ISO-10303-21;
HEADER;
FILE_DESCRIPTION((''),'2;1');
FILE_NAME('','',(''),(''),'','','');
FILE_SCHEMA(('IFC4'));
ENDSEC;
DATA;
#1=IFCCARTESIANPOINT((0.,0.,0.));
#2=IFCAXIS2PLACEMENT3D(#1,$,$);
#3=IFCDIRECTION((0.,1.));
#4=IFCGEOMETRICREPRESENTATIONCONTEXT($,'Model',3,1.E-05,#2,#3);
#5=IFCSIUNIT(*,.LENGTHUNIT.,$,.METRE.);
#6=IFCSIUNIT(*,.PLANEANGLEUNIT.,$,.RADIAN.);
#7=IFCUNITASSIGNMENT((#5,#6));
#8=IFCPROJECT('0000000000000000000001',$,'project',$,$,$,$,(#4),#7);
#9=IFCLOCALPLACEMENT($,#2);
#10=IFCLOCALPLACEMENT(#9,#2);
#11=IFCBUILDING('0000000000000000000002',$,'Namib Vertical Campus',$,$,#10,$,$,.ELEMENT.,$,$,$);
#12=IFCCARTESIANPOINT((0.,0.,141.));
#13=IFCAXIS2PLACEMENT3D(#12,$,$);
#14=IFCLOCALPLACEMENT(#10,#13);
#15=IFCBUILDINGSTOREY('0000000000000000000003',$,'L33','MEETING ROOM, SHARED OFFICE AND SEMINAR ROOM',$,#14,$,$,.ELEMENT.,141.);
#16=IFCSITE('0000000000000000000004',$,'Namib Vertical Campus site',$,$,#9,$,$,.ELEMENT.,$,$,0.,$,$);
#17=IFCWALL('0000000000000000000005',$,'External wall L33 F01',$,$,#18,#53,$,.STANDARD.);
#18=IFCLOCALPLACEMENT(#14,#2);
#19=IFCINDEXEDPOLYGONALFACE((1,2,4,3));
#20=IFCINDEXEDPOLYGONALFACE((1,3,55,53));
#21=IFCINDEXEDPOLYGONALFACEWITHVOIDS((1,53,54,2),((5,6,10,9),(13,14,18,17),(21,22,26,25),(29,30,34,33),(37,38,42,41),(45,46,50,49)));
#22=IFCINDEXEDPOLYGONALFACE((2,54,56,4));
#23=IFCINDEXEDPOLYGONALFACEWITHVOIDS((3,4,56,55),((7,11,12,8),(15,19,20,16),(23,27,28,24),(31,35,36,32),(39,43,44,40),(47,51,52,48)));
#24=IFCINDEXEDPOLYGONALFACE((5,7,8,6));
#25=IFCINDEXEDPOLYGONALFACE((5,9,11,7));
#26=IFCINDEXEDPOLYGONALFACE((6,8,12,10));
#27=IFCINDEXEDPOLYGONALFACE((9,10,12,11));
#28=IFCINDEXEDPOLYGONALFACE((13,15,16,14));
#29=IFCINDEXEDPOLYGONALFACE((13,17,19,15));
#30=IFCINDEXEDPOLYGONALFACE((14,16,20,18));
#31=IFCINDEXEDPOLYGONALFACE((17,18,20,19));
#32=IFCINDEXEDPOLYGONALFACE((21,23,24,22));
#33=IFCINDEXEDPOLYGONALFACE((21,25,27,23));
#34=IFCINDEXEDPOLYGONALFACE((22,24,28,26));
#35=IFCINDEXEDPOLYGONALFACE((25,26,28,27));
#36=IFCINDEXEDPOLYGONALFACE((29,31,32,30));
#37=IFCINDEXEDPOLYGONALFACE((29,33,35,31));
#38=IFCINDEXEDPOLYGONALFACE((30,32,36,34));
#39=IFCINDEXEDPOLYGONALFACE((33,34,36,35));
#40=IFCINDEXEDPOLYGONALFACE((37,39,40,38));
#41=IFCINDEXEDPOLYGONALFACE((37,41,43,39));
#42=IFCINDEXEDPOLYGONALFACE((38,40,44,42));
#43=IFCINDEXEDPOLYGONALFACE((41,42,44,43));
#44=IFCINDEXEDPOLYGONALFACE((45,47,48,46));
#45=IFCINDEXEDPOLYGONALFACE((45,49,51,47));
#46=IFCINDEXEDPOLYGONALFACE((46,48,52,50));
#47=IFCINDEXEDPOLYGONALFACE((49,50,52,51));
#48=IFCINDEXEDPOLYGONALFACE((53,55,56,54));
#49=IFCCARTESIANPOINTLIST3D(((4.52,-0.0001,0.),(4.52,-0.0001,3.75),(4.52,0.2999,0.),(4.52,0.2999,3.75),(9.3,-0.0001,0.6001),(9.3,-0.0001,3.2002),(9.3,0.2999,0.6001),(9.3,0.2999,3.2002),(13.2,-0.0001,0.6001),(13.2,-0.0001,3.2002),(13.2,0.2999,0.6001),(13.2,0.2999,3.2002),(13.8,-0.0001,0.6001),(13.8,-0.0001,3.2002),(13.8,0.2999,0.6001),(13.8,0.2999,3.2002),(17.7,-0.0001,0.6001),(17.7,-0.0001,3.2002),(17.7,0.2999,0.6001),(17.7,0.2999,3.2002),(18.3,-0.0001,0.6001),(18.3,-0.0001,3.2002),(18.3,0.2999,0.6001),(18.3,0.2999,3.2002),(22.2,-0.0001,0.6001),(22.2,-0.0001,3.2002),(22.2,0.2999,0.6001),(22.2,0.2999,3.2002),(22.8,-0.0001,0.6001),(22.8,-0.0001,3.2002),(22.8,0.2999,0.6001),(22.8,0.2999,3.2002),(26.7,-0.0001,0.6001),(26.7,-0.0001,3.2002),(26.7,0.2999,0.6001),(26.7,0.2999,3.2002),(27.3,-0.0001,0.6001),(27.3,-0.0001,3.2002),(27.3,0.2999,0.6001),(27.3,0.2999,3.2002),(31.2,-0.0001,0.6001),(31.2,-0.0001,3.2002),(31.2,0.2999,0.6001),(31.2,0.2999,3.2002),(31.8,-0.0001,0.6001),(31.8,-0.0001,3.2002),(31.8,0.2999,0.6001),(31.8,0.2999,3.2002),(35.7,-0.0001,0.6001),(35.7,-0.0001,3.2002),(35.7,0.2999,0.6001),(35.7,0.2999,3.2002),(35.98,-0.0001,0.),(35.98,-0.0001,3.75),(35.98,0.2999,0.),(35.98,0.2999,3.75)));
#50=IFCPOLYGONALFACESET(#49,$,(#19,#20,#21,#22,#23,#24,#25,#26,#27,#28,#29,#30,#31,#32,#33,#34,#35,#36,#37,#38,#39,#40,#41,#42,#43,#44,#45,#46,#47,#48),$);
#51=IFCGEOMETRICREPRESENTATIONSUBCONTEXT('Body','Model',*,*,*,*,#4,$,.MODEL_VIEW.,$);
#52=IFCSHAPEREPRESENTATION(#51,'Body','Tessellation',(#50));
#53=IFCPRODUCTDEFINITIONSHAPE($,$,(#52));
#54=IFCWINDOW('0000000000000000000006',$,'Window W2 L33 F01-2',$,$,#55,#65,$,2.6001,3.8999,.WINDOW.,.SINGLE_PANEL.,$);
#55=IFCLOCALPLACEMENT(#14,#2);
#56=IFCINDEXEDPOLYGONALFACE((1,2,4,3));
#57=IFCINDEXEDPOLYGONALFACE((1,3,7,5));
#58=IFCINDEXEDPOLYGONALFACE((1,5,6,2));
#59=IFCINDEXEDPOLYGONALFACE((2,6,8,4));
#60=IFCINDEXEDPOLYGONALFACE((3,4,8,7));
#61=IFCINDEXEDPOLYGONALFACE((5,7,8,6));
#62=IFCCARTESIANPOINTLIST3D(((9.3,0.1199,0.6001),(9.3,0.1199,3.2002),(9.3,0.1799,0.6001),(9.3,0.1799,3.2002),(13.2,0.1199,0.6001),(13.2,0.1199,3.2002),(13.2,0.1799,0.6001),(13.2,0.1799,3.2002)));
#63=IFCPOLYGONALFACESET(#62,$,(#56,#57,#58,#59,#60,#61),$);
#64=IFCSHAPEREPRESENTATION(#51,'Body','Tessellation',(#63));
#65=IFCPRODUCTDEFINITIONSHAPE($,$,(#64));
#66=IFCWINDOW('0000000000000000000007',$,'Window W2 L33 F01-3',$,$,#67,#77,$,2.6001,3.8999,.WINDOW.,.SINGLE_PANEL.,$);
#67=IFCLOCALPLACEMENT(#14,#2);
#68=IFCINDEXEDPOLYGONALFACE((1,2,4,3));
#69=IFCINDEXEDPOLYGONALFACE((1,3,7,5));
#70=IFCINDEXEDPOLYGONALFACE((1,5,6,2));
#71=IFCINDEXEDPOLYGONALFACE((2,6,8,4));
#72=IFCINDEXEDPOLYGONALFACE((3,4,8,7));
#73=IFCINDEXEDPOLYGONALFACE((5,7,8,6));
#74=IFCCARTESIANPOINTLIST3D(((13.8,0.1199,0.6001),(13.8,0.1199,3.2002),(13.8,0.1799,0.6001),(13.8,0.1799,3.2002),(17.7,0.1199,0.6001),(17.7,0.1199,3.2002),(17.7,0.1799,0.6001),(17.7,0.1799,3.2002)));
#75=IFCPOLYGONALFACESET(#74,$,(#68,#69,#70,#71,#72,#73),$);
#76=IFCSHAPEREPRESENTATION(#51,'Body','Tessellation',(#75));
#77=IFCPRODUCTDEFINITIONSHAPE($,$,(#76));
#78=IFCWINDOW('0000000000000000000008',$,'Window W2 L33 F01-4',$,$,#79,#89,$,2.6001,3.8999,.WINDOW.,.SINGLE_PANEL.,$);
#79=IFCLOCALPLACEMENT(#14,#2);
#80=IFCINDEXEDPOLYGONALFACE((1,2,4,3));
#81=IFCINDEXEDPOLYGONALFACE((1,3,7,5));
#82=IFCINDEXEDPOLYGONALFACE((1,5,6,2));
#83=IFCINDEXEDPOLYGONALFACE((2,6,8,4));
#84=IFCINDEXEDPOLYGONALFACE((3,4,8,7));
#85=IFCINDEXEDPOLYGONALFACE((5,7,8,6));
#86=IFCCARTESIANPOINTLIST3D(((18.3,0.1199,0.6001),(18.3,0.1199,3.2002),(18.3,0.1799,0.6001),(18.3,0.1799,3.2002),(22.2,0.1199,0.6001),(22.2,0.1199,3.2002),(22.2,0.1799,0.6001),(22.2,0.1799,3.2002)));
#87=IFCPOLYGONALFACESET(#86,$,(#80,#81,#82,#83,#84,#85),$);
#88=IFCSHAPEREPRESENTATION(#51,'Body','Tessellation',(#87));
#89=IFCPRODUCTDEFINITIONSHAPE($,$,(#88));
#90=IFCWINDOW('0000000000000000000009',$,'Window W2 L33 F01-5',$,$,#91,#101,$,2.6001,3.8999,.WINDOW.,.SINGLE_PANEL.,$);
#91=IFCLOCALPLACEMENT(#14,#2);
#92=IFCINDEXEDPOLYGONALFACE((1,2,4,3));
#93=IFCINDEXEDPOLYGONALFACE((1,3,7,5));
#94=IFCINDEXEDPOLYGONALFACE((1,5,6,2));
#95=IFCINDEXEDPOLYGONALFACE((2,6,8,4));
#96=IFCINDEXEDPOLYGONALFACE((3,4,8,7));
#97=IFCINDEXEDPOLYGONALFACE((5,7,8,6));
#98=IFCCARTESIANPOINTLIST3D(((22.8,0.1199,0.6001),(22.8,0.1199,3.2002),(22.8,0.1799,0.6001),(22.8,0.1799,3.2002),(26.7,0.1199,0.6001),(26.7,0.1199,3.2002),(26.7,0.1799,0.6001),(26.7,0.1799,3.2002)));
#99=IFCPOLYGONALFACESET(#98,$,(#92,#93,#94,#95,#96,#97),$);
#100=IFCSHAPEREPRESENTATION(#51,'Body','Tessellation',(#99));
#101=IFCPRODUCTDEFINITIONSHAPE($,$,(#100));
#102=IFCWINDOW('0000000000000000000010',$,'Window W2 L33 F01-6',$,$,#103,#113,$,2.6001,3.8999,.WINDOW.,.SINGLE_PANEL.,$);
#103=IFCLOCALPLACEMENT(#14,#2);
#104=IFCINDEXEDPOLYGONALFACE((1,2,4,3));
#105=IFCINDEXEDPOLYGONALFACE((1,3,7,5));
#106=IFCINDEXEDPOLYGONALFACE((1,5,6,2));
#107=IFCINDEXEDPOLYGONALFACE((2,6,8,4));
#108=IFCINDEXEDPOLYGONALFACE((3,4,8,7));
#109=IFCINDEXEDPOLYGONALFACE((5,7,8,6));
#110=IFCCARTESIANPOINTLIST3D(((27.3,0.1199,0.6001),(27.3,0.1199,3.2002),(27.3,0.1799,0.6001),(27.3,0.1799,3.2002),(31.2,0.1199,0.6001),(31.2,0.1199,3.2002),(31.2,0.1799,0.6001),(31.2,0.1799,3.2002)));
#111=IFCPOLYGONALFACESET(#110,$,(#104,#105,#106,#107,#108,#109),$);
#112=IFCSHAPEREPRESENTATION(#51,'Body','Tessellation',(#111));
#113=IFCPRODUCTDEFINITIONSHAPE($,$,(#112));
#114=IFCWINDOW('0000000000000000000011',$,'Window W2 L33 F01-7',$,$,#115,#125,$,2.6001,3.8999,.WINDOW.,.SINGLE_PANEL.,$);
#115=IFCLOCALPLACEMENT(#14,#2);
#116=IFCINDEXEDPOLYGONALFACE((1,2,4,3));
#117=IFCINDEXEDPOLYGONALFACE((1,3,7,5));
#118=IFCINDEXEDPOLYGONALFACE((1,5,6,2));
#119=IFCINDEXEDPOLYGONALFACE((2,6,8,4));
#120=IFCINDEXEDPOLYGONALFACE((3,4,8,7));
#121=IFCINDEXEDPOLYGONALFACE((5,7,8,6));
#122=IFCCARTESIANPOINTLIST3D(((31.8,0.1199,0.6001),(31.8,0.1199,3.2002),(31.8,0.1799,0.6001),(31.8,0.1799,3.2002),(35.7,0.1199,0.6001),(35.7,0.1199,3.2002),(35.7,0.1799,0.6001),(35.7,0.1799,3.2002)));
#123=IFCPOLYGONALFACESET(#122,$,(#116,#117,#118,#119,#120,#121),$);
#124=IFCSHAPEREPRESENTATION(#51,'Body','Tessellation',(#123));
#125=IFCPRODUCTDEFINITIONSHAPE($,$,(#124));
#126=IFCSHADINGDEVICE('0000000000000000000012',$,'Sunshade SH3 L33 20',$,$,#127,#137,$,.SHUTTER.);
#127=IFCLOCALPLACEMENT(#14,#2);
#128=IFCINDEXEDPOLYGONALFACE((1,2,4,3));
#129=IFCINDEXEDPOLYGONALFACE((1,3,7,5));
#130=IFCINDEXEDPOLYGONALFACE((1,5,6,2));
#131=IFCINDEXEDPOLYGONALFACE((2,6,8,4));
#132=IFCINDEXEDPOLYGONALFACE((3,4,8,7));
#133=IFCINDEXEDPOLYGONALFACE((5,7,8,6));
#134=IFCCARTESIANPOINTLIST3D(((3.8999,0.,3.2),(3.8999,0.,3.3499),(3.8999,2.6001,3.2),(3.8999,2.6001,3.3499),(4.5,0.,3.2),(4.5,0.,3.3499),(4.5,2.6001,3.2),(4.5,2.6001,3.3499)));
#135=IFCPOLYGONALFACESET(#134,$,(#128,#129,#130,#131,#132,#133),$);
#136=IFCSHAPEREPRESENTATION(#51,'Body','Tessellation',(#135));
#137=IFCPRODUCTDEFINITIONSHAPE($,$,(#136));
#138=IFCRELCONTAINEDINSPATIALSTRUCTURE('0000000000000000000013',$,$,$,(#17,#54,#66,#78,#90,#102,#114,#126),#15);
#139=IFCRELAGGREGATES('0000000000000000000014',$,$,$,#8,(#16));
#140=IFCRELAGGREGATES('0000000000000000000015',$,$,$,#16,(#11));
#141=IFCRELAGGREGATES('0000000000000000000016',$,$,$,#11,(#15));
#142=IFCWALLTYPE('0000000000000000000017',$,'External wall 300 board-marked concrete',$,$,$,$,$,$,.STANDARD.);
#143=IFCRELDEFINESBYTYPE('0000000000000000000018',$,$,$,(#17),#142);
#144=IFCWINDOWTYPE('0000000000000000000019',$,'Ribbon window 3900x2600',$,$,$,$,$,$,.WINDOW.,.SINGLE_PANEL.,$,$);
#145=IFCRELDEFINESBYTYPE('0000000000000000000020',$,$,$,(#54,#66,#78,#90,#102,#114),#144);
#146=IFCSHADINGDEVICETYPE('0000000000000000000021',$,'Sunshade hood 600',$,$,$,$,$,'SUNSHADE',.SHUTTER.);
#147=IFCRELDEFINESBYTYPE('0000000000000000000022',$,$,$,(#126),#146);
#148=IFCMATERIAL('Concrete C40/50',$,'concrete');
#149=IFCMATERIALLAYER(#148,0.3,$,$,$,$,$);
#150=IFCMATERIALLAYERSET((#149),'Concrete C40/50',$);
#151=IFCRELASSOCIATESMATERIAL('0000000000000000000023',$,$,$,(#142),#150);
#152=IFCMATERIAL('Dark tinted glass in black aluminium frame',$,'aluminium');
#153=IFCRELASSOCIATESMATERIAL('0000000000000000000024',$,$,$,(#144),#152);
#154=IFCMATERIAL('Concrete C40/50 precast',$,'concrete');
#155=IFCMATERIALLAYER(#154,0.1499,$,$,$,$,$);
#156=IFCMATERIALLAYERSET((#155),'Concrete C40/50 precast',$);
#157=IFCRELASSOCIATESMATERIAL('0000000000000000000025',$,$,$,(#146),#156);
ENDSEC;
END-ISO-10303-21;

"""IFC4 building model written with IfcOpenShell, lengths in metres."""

from ifc_helpers import new_model, si_unit, direction, frame, frame_2d, origin, origin_2d, place, context, subcontext, project, spatial, rectangle, extrude, material, layer, layer_set, type_object, element, fill, save


model = new_model("IFC4")

# Units and contexts
model_context = context("Model", 3, precision=1e-05, world=origin(), true_north=direction((0.0, 1.0)))
body_context = subcontext(model_context, "Body", "Model", "MODEL_VIEW")
ifc_project = project(units=[si_unit("LENGTHUNIT", "METRE"), si_unit("PLANEANGLEUNIT", "RADIAN")], contexts=[model_context])

# Site, building, storey
site_placement = place(None, origin())
site = spatial("IfcSite", under=ifc_project, at=site_placement, Name="Namib Vertical Campus site", CompositionType="ELEMENT", RefElevation=0.0)
building_placement = place(site_placement, origin())
building = spatial("IfcBuilding", under=site, at=building_placement, Name="Namib Vertical Campus", CompositionType="ELEMENT")
storey_placement = place(building_placement, frame((0.0, 0.0, 141.0)))
storey = spatial("IfcBuildingStorey", under=building, at=storey_placement, Name="L33", Description="MEETING ROOM, SHARED OFFICE AND SEMINAR ROOM", CompositionType="ELEMENT", Elevation=141.0)

# Wall, openings, windows
ifc_material_1 = material(Name="Concrete C40/50", Category="concrete")
ifc_layer_1 = layer(ifc_material_1, 0.3)
ifc_layer_set_1 = layer_set([ifc_layer_1], Name="Concrete C40/50")
wall_type = type_object("IfcWallType", Name="External wall 300 board-marked concrete", PredefinedType="STANDARD", material=ifc_layer_set_1)
wall_placement = place(storey_placement, frame((4.52, 0.1499, 0.0), z_axis=(0.0, 0.0, 1.0), x_axis=(1.0, 0.0, 0.0)))
wall = element("IfcWall", 1, at=wall_placement, inside=storey, type_object=wall_type, Name="External wall L33 F01", PredefinedType="STANDARD", context=body_context, shape_type="SweptSolid", body=[
    extrude(rectangle(XDim=31.46, YDim=0.3, at=frame_2d((15.73, 0.0))), origin(), (0.0, 0.0, 1.0), 3.75),
])
opening_1_placement = place(wall_placement, frame((4.78, 0.0, 0.6001)))
opening_1 = element("IfcOpeningElement", 2, at=opening_1_placement, cuts=wall, PredefinedType="OPENING", context=body_context, shape_type="SweptSolid", body=[
    extrude(rectangle(XDim=3.8999, YDim=2.6001, at=frame_2d((1.95, 1.3))), frame((0.0, 0.1599, 0.0), z_axis=(0.0, -1.0, 0.0), x_axis=(1.0, 0.0, 0.0)), (0.0, 0.0, 1.0), 0.3201),
])
opening_2_placement = place(wall_placement, frame((9.28, 0.0, 0.6001)))
opening_2 = element("IfcOpeningElement", 3, at=opening_2_placement, cuts=wall, PredefinedType="OPENING", context=body_context, shape_type="SweptSolid", body=[
    extrude(rectangle(XDim=3.8999, YDim=2.6001, at=frame_2d((1.95, 1.3))), frame((0.0, 0.1599, 0.0), z_axis=(0.0, -1.0, 0.0), x_axis=(1.0, 0.0, 0.0)), (0.0, 0.0, 1.0), 0.3201),
])
opening_3_placement = place(wall_placement, frame((13.78, 0.0, 0.6001)))
opening_3 = element("IfcOpeningElement", 4, at=opening_3_placement, cuts=wall, PredefinedType="OPENING", context=body_context, shape_type="SweptSolid", body=[
    extrude(rectangle(XDim=3.8999, YDim=2.6001, at=frame_2d((1.95, 1.3))), frame((0.0, 0.1599, 0.0), z_axis=(0.0, -1.0, 0.0), x_axis=(1.0, 0.0, 0.0)), (0.0, 0.0, 1.0), 0.3201),
])
opening_4_placement = place(wall_placement, frame((18.28, 0.0, 0.6001)))
opening_4 = element("IfcOpeningElement", 5, at=opening_4_placement, cuts=wall, PredefinedType="OPENING", context=body_context, shape_type="SweptSolid", body=[
    extrude(rectangle(XDim=3.8999, YDim=2.6001, at=frame_2d((1.95, 1.3))), frame((0.0, 0.1599, 0.0), z_axis=(0.0, -1.0, 0.0), x_axis=(1.0, 0.0, 0.0)), (0.0, 0.0, 1.0), 0.3201),
])
opening_5_placement = place(wall_placement, frame((22.78, 0.0, 0.6001)))
opening_5 = element("IfcOpeningElement", 6, at=opening_5_placement, cuts=wall, PredefinedType="OPENING", context=body_context, shape_type="SweptSolid", body=[
    extrude(rectangle(XDim=3.8999, YDim=2.6001, at=frame_2d((1.95, 1.3))), frame((0.0, 0.1599, 0.0), z_axis=(0.0, -1.0, 0.0), x_axis=(1.0, 0.0, 0.0)), (0.0, 0.0, 1.0), 0.3201),
])
opening_6_placement = place(wall_placement, frame((27.28, 0.0, 0.6001)))
opening_6 = element("IfcOpeningElement", 7, at=opening_6_placement, cuts=wall, PredefinedType="OPENING", context=body_context, shape_type="SweptSolid", body=[
    extrude(rectangle(XDim=3.8999, YDim=2.6001, at=frame_2d((1.95, 1.3))), frame((0.0, 0.1599, 0.0), z_axis=(0.0, -1.0, 0.0), x_axis=(1.0, 0.0, 0.0)), (0.0, 0.0, 1.0), 0.3201),
])
ifc_material_2 = material(Name="Dark tinted glass in black aluminium frame", Category="aluminium")
window_type = type_object("IfcWindowType", Name="Ribbon window 3900x2600", PartitioningType="SINGLE_PANEL", PredefinedType="WINDOW", material=ifc_material_2)
window_1_placement = place(opening_1_placement, origin())
window_1 = element("IfcWindow", 8, at=window_1_placement, inside=storey, type_object=window_type, Name="Window W2 L33 F01-2", OverallHeight=2.6001, OverallWidth=3.8999, PartitioningType="SINGLE_PANEL", PredefinedType="WINDOW", context=body_context, shape_type="SweptSolid", body=[
    extrude(rectangle(XDim=3.8999, YDim=2.6001, at=frame_2d((1.95, 1.3))), frame((0.0, 0.03, 0.0), z_axis=(0.0, -1.0, 0.0), x_axis=(1.0, 0.0, 0.0)), (0.0, 0.0, 1.0), 0.0601),
])
fill(opening_1, window_1)
window_2_placement = place(opening_2_placement, origin())
window_2 = element("IfcWindow", 9, at=window_2_placement, inside=storey, type_object=window_type, Name="Window W2 L33 F01-3", OverallHeight=2.6001, OverallWidth=3.8999, PartitioningType="SINGLE_PANEL", PredefinedType="WINDOW", context=body_context, shape_type="SweptSolid", body=[
    extrude(rectangle(XDim=3.8999, YDim=2.6001, at=frame_2d((1.95, 1.3))), frame((0.0, 0.03, 0.0), z_axis=(0.0, -1.0, 0.0), x_axis=(1.0, 0.0, 0.0)), (0.0, 0.0, 1.0), 0.0601),
])
fill(opening_2, window_2)
window_3_placement = place(opening_3_placement, origin())
window_3 = element("IfcWindow", 10, at=window_3_placement, inside=storey, type_object=window_type, Name="Window W2 L33 F01-4", OverallHeight=2.6001, OverallWidth=3.8999, PartitioningType="SINGLE_PANEL", PredefinedType="WINDOW", context=body_context, shape_type="SweptSolid", body=[
    extrude(rectangle(XDim=3.8999, YDim=2.6001, at=frame_2d((1.95, 1.3))), frame((0.0, 0.03, 0.0), z_axis=(0.0, -1.0, 0.0), x_axis=(1.0, 0.0, 0.0)), (0.0, 0.0, 1.0), 0.0601),
])
fill(opening_3, window_3)
window_4_placement = place(opening_4_placement, origin())
window_4 = element("IfcWindow", 11, at=window_4_placement, inside=storey, type_object=window_type, Name="Window W2 L33 F01-5", OverallHeight=2.6001, OverallWidth=3.8999, PartitioningType="SINGLE_PANEL", PredefinedType="WINDOW", context=body_context, shape_type="SweptSolid", body=[
    extrude(rectangle(XDim=3.8999, YDim=2.6001, at=frame_2d((1.95, 1.3))), frame((0.0, 0.03, 0.0), z_axis=(0.0, -1.0, 0.0), x_axis=(1.0, 0.0, 0.0)), (0.0, 0.0, 1.0), 0.0601),
])
fill(opening_4, window_4)
window_5_placement = place(opening_5_placement, origin())
window_5 = element("IfcWindow", 12, at=window_5_placement, inside=storey, type_object=window_type, Name="Window W2 L33 F01-6", OverallHeight=2.6001, OverallWidth=3.8999, PartitioningType="SINGLE_PANEL", PredefinedType="WINDOW", context=body_context, shape_type="SweptSolid", body=[
    extrude(rectangle(XDim=3.8999, YDim=2.6001, at=frame_2d((1.95, 1.3))), frame((0.0, 0.03, 0.0), z_axis=(0.0, -1.0, 0.0), x_axis=(1.0, 0.0, 0.0)), (0.0, 0.0, 1.0), 0.0601),
])
fill(opening_5, window_5)
window_6_placement = place(opening_6_placement, origin())
window_6 = element("IfcWindow", 13, at=window_6_placement, inside=storey, type_object=window_type, Name="Window W2 L33 F01-7", OverallHeight=2.6001, OverallWidth=3.8999, PartitioningType="SINGLE_PANEL", PredefinedType="WINDOW", context=body_context, shape_type="SweptSolid", body=[
    extrude(rectangle(XDim=3.8999, YDim=2.6001, at=frame_2d((1.95, 1.3))), frame((0.0, 0.03, 0.0), z_axis=(0.0, -1.0, 0.0), x_axis=(1.0, 0.0, 0.0)), (0.0, 0.0, 1.0), 0.0601),
])
fill(opening_6, window_6)

# Shading device
ifc_material_3 = material(Name="Concrete C40/50 precast", Category="concrete")
ifc_layer_2 = layer(ifc_material_3, 0.1499)
ifc_layer_set_2 = layer_set([ifc_layer_2], Name="Concrete C40/50 precast")
shading_device_type = type_object("IfcShadingDeviceType", Name="Sunshade hood 600", ElementType="SUNSHADE", PredefinedType="SHUTTER", material=ifc_layer_set_2)
shading_device_placement = place(storey_placement, frame((4.2, 1.3, 3.2), z_axis=(0.0, 0.0, 1.0), x_axis=(0.0, -1.0, 0.0)))
element("IfcShadingDevice", 14, at=shading_device_placement, inside=storey, type_object=shading_device_type, Name="Sunshade SH3 L33 20", PredefinedType="SHUTTER", context=body_context, shape_type="SweptSolid", body=[
    extrude(rectangle(XDim=2.6001, YDim=0.6001, at=origin_2d()), origin(), (0.0, 0.0, 1.0), 0.1499),
])

save(model, "model.ifc")
